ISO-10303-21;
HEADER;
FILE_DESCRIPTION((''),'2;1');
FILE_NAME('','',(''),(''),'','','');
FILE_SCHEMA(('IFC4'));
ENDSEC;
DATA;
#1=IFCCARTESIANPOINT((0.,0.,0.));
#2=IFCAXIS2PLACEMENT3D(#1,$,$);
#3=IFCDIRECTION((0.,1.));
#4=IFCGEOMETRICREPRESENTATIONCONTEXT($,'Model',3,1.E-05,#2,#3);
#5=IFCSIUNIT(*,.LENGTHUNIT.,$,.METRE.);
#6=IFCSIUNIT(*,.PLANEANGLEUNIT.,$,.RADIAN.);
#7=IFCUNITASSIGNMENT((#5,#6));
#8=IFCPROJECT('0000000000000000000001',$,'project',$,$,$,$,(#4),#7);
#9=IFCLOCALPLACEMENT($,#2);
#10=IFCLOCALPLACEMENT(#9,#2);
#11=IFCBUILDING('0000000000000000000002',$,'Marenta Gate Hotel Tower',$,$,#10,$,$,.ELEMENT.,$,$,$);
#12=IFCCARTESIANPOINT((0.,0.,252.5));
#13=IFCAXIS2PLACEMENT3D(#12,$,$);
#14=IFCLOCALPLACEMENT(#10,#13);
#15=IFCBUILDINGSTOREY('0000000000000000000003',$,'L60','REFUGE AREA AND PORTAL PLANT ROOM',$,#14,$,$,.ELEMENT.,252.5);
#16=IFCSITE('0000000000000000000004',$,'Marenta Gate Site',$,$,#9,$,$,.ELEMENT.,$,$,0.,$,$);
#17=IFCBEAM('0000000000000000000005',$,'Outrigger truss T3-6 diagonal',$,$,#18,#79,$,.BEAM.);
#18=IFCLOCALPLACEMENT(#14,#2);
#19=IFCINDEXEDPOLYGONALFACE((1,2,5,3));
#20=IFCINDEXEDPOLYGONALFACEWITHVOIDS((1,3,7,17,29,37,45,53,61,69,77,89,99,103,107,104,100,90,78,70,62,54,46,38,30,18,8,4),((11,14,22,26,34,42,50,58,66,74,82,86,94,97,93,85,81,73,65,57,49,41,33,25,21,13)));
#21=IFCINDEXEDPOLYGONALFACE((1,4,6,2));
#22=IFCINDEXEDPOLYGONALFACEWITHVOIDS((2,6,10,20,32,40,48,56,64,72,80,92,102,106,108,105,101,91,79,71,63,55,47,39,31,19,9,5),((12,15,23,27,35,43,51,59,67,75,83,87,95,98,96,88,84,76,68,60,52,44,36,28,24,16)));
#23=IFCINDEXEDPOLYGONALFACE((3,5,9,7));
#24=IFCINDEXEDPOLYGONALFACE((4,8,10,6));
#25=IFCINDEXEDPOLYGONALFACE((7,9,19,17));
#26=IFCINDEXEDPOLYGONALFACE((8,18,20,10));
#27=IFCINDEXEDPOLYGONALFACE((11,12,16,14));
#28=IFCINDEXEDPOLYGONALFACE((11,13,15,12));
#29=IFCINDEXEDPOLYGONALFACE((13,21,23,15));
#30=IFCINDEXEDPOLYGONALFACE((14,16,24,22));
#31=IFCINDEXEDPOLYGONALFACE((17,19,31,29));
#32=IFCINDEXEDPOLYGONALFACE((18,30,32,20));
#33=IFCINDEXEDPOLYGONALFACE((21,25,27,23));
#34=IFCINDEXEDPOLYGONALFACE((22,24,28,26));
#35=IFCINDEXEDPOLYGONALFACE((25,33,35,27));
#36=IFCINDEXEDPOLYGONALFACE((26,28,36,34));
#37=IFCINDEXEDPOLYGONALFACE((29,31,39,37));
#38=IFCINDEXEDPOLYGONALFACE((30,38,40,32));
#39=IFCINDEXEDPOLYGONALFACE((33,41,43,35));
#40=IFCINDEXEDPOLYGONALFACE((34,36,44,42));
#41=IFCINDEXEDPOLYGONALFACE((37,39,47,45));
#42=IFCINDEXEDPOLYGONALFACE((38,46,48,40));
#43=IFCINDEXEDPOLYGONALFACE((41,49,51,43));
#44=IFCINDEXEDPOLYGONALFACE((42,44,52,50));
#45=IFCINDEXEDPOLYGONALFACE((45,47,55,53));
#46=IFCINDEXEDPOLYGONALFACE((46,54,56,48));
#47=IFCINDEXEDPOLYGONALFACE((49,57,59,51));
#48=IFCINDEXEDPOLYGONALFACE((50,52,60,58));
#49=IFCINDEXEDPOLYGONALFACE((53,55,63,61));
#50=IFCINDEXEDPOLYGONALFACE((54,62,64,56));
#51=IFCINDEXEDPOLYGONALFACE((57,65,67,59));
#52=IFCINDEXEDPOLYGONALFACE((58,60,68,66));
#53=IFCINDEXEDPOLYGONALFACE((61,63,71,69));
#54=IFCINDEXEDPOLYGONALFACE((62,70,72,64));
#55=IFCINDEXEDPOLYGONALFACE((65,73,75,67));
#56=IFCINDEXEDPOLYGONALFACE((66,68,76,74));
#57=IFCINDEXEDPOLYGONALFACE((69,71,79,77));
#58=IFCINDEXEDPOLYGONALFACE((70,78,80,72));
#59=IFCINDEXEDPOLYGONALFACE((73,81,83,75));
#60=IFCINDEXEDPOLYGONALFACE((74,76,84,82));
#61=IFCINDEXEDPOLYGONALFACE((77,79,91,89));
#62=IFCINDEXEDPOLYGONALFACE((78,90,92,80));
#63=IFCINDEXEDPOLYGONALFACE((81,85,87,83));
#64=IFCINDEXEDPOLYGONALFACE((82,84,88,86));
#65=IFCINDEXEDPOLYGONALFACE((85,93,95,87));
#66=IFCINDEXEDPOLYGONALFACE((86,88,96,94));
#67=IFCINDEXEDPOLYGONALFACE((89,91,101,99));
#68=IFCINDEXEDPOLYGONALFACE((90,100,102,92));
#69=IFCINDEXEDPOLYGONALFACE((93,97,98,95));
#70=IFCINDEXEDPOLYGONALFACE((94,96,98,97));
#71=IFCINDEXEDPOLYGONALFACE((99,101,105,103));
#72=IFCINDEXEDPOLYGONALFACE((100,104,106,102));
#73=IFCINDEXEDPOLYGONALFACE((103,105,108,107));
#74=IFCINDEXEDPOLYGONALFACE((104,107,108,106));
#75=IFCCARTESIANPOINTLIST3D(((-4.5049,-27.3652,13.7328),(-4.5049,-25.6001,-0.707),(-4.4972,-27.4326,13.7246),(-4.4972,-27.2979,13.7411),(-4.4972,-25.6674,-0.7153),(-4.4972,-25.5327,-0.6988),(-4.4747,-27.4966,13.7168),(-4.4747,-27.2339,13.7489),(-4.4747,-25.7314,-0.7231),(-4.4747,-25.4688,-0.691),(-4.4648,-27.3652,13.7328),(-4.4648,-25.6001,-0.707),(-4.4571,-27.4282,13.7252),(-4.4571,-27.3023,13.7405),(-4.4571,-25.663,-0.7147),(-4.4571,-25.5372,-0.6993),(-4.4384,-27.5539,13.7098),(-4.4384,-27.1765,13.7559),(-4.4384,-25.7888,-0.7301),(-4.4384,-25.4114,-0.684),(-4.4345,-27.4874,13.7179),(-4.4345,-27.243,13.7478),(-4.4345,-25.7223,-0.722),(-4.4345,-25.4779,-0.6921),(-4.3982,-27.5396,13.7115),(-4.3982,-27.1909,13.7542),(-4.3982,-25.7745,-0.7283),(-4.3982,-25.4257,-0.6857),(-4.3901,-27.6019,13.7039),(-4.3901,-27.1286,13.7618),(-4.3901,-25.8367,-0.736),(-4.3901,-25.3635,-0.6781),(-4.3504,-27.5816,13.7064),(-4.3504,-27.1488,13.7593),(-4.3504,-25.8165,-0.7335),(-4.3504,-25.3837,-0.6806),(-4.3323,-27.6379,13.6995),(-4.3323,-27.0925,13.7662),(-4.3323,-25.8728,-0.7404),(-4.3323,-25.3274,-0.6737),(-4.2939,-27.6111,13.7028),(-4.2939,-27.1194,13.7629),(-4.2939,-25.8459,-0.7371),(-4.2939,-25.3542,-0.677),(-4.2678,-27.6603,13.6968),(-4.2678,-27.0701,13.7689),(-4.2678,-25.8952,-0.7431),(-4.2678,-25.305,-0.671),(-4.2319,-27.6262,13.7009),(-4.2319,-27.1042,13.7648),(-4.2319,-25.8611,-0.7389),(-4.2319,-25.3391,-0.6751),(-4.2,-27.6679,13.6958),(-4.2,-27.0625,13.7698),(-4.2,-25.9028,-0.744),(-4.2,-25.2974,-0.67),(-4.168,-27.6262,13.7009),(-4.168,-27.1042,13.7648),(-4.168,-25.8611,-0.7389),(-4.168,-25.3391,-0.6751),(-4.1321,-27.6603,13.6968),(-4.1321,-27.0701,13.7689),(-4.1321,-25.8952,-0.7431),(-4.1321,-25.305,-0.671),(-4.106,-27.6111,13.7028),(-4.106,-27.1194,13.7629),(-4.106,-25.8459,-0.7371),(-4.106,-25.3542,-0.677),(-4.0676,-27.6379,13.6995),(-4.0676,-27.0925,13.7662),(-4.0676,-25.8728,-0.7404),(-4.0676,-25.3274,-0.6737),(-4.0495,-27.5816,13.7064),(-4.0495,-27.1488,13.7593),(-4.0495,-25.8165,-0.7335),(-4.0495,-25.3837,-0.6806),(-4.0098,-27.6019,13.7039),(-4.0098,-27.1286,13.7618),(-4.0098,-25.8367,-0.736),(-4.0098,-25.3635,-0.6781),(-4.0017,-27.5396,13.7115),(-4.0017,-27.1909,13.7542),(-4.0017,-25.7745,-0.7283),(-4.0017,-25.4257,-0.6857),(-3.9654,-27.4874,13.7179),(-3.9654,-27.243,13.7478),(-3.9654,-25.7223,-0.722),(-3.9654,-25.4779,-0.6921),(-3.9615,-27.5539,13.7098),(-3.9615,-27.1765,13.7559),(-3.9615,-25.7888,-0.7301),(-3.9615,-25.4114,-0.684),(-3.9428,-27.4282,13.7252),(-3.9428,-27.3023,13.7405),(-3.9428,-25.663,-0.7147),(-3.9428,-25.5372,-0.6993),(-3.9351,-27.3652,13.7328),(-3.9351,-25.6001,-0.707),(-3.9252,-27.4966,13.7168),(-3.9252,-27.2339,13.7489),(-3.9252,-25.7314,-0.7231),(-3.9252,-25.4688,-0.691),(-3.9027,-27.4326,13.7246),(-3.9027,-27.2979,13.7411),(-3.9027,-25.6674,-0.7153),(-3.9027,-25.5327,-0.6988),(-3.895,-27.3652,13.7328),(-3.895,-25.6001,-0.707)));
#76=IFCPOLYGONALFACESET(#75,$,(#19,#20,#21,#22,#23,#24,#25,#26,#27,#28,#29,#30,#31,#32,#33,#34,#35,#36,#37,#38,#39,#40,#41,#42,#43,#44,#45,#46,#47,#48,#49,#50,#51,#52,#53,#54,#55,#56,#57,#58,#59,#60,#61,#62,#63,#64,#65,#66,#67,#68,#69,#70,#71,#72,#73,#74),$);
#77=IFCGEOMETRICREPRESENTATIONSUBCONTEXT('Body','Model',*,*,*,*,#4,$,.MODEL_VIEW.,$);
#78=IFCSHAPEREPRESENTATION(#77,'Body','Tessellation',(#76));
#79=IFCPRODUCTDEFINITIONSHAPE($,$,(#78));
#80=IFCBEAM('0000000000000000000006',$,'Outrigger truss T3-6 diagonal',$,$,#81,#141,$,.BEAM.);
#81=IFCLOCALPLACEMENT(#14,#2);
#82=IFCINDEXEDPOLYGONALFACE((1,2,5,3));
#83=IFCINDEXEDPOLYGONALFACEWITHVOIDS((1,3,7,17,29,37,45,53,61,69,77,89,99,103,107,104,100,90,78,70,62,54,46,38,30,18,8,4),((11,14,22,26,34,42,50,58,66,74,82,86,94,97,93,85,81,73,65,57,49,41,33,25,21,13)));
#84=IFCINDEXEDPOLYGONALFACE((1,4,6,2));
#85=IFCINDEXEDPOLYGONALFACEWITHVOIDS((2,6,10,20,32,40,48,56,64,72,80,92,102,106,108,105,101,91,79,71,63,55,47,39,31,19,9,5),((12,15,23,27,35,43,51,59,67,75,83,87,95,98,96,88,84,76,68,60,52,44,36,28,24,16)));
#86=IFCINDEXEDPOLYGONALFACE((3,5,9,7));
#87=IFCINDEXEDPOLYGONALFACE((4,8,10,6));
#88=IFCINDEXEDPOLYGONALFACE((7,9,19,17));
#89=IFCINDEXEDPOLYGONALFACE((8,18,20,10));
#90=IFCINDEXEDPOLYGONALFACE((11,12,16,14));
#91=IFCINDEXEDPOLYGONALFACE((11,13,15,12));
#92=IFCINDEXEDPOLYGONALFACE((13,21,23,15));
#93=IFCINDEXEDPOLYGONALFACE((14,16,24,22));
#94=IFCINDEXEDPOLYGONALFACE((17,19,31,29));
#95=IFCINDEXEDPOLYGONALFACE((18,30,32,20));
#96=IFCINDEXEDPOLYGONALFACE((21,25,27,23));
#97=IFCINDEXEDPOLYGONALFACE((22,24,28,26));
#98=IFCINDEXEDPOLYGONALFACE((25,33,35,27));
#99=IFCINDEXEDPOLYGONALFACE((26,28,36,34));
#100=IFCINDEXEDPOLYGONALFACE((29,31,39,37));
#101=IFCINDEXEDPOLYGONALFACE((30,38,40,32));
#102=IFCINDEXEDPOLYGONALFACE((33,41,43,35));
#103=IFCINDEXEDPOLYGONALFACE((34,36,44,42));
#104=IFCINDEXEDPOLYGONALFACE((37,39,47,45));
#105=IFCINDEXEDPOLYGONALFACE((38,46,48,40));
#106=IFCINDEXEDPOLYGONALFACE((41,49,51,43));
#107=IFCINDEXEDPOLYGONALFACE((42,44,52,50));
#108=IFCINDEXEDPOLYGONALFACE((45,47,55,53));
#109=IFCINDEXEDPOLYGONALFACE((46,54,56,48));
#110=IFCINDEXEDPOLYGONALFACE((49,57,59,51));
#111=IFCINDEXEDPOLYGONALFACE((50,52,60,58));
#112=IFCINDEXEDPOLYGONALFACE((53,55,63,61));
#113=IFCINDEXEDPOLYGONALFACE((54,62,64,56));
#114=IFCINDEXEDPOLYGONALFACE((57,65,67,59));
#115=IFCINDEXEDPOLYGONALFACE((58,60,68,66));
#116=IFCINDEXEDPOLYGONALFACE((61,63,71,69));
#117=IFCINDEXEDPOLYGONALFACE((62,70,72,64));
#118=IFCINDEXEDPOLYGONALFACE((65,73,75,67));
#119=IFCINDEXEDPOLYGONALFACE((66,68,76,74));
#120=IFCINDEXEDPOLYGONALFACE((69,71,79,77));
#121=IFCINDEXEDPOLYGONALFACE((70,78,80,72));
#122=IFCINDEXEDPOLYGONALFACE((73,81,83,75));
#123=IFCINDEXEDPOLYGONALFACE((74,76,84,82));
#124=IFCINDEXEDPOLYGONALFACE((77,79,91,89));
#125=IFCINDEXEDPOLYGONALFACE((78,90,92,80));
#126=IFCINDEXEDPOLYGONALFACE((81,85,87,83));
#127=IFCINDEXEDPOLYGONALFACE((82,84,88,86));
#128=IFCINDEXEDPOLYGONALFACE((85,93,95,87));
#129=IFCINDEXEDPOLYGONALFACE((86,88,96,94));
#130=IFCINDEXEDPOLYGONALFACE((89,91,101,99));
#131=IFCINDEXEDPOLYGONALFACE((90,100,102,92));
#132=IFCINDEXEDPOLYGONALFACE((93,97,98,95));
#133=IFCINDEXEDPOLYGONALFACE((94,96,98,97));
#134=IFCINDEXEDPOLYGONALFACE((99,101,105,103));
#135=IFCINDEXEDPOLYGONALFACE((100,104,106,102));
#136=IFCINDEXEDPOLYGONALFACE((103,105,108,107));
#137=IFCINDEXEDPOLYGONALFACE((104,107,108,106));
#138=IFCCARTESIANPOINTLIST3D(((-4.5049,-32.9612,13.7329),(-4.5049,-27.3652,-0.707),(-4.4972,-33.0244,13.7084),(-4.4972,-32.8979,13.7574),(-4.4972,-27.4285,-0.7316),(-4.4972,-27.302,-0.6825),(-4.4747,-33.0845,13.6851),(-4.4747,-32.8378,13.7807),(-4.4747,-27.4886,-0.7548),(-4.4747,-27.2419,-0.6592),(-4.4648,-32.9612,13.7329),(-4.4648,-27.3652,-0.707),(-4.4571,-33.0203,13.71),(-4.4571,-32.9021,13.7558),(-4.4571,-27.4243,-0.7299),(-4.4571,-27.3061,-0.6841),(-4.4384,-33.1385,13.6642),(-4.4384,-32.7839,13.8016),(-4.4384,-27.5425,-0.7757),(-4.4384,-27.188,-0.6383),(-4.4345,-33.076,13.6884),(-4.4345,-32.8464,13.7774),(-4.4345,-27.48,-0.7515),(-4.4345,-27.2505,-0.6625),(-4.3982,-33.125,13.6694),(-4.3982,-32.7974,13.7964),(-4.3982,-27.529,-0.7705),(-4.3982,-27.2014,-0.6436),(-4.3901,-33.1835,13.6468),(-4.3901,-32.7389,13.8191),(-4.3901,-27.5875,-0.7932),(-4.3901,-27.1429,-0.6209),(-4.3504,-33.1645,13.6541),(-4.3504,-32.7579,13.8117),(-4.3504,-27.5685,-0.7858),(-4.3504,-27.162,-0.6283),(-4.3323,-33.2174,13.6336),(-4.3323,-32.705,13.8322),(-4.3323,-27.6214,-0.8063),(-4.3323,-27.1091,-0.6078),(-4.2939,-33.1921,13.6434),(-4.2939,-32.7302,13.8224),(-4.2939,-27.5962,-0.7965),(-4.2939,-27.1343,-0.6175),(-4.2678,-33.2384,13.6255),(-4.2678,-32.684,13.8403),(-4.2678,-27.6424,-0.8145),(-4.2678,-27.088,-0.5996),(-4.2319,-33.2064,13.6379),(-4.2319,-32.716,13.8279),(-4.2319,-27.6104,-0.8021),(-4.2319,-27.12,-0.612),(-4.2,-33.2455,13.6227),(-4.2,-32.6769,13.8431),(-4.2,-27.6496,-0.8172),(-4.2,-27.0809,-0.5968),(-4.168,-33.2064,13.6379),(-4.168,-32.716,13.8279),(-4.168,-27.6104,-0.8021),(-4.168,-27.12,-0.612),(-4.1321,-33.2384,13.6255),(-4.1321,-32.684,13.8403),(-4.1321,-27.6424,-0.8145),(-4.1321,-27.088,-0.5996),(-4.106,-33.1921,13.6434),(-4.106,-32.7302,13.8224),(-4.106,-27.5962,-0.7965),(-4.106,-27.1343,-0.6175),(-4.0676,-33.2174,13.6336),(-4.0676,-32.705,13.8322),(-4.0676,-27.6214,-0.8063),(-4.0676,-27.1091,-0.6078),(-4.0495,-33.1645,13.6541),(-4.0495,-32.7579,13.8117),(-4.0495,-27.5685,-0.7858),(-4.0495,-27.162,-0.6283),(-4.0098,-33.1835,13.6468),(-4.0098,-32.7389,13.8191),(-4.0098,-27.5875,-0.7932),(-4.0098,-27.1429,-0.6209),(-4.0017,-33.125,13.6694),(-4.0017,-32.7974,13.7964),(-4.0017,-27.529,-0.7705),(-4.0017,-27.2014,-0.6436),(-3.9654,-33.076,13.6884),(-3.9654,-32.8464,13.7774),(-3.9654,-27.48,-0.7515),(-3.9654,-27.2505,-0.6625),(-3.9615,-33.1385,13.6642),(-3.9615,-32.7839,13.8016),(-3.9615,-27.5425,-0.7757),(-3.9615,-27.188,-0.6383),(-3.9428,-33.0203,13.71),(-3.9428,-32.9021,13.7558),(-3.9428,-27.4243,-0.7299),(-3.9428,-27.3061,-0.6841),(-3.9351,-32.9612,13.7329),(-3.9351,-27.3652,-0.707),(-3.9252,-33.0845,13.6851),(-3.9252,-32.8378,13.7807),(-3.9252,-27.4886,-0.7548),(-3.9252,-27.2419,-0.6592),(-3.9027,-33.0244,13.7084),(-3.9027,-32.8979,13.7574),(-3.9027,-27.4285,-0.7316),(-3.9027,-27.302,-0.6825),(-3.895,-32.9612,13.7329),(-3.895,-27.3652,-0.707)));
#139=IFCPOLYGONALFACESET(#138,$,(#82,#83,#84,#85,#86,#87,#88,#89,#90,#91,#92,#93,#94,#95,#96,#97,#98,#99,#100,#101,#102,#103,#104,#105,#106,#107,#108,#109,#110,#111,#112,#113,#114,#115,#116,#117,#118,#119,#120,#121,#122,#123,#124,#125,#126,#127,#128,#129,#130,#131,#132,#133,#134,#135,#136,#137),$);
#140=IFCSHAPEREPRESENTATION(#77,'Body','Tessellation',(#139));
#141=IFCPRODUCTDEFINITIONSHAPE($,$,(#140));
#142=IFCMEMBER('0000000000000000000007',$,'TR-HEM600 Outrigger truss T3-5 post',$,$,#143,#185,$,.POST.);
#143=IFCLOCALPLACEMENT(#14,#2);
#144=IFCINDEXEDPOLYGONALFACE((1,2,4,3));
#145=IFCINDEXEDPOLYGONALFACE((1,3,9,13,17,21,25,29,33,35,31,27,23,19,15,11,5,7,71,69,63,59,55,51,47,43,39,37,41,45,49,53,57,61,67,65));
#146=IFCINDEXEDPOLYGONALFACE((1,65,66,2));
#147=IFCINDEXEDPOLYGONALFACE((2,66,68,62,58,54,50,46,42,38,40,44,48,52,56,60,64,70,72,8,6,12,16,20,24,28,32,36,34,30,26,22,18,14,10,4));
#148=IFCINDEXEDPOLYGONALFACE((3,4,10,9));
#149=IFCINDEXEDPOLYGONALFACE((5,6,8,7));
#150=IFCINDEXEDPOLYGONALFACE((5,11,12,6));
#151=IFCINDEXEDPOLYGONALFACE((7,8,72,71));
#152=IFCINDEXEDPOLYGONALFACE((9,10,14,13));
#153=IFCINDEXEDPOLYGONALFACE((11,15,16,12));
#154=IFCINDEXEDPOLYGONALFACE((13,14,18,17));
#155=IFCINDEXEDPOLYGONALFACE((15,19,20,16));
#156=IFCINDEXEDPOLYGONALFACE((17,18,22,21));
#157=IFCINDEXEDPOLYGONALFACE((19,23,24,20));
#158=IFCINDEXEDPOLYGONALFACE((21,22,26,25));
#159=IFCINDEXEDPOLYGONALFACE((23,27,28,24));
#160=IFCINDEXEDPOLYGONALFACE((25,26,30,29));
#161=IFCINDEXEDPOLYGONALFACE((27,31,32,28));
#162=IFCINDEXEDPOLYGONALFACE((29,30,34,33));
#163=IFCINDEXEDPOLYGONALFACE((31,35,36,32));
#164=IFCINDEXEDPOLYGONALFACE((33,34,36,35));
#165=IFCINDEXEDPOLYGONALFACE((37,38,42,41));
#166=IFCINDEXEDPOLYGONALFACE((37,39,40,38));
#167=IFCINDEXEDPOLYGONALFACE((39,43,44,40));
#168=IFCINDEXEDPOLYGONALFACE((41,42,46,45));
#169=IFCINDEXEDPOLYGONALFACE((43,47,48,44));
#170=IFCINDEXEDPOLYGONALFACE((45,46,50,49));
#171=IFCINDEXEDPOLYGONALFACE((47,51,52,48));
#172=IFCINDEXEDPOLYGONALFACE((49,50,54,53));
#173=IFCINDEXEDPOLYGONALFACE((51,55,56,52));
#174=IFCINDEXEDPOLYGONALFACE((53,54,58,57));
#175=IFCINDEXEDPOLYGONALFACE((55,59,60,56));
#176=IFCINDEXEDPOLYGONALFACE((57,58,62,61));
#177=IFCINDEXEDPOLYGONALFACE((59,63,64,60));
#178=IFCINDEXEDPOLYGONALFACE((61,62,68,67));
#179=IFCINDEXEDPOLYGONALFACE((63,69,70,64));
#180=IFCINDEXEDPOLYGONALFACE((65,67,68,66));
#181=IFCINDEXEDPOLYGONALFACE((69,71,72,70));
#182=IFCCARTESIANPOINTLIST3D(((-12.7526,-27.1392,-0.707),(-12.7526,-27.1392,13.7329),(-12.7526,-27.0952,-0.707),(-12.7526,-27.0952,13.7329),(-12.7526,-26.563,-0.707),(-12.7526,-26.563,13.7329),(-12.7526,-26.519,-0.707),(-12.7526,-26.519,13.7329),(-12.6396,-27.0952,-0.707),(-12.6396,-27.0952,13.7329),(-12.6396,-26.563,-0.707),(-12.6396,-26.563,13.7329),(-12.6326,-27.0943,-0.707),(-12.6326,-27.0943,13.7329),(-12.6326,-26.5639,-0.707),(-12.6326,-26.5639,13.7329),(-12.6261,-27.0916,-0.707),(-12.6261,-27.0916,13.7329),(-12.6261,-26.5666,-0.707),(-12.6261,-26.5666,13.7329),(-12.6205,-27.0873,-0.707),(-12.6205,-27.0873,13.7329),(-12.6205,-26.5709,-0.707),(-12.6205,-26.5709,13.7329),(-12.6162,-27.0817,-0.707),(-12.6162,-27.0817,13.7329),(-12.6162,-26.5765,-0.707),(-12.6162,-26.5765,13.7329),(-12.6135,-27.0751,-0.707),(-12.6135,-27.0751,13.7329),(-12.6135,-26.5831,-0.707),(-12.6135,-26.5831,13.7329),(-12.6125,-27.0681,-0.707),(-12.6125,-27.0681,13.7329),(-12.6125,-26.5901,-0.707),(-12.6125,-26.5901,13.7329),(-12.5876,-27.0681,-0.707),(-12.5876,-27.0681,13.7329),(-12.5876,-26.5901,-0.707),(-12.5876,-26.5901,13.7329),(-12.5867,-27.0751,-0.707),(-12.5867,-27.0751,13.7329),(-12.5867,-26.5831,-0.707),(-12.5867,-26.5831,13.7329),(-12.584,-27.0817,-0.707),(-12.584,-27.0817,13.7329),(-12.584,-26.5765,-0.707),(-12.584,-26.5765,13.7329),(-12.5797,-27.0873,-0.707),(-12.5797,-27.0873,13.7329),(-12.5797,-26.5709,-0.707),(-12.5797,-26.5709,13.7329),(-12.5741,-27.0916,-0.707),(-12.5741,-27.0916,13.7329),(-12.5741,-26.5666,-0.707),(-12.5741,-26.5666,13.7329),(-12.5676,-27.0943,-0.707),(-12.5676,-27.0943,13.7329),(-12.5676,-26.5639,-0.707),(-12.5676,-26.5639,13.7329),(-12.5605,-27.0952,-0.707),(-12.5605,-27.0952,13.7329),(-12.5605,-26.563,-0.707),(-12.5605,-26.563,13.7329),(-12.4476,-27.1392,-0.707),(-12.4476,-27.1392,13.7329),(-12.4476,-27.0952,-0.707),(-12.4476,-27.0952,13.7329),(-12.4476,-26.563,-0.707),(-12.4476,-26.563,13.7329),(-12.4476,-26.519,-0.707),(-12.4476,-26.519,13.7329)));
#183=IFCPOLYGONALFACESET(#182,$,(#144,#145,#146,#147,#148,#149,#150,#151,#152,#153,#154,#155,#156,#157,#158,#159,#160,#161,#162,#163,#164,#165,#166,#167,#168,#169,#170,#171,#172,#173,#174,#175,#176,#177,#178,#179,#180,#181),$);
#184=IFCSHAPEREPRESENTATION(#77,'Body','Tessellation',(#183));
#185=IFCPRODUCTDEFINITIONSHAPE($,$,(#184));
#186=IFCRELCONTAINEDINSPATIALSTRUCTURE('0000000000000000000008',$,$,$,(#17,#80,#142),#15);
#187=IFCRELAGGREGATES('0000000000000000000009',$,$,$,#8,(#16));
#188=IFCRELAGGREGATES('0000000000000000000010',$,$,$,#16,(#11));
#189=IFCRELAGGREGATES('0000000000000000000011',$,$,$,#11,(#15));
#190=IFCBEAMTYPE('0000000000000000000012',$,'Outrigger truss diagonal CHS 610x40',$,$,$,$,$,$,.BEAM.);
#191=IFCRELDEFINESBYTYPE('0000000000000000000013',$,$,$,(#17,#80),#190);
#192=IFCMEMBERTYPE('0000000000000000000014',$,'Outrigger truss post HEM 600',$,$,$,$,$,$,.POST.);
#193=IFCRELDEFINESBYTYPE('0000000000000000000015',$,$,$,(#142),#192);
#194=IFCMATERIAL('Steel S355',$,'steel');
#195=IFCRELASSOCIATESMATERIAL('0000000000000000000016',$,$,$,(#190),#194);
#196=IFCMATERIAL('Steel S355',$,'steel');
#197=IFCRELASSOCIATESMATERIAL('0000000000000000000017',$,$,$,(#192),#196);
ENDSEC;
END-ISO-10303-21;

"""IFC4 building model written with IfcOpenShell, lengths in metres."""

from ifc_helpers import new_model, si_unit, direction, frame, origin, origin_2d, place, context, subcontext, project, spatial, hollow_circle, i_section, extrude, material, material_profile, profile_set, type_object, element, save


model = new_model("IFC4")

# Units and contexts
model_context = context("Model", 3, precision=1e-05, world=origin(), true_north=direction((0.0, 1.0)))
body_context = subcontext(model_context, "Body", "Model", "MODEL_VIEW")
ifc_project = project(units=[si_unit("LENGTHUNIT", "METRE"), si_unit("PLANEANGLEUNIT", "RADIAN")], contexts=[model_context])

# Site, building, storey
site_placement = place(None, origin())
site = spatial("IfcSite", under=ifc_project, at=site_placement, Name="Marenta Gate Site", CompositionType="ELEMENT", RefElevation=0.0)
building_placement = place(site_placement, origin())
building = spatial("IfcBuilding", under=site, at=building_placement, Name="Marenta Gate Hotel Tower", CompositionType="ELEMENT")
storey_placement = place(building_placement, frame((0.0, 0.0, 252.5)))
storey = spatial("IfcBuildingStorey", under=building, at=storey_placement, Name="L60", Description="REFUGE AREA AND PORTAL PLANT ROOM", CompositionType="ELEMENT", Elevation=252.5)

# Beams
ifc_material_1 = material(Name="Steel S355", Category="steel")
ifc_material_profile_1 = material_profile(ifc_material_1, hollow_circle(Radius=0.3049, WallThickness=0.04, at=origin_2d()), Name="CHS 610x40")
ifc_profile_set_1 = profile_set([ifc_material_profile_1], Name="Steel S355")
beam_type_1 = type_object("IfcBeamType", Name="Outrigger truss diagonal CHS 610x40", PredefinedType="BEAM", material=ifc_profile_set_1)
beam_1_placement = place(storey_placement, frame((-4.2, -25.6001, -0.707), z_axis=(0.0, -0.121337, 0.992611), x_axis=(1.0, 0.0, 0.0)))
element("IfcBeam", 1, at=beam_1_placement, inside=storey, type_object=beam_type_1, Name="Outrigger truss T3-6 diagonal", PredefinedType="BEAM", context=body_context, shape_type="SweptSolid", body=[
    extrude(hollow_circle(Radius=0.3049, WallThickness=0.04, at=origin_2d()), origin(), (0.0, 0.0, 1.0), 14.5474),
])
beam_2_placement = place(storey_placement, frame((-4.2, -27.3652, -0.707), z_axis=(0.0, -0.361347, 0.932431), x_axis=(1.0, 0.0, 0.0)))
element("IfcBeam", 2, at=beam_2_placement, inside=storey, type_object=beam_type_1, Name="Outrigger truss T3-6 diagonal", PredefinedType="BEAM", context=body_context, shape_type="SweptSolid", body=[
    extrude(hollow_circle(Radius=0.3049, WallThickness=0.04, at=origin_2d()), origin(), (0.0, 0.0, 1.0), 15.4863),
])

# Member
ifc_material_2 = material(Name="Steel S355", Category="steel")
ifc_material_profile_2 = material_profile(ifc_material_2, i_section(OverallWidth=0.3049, OverallDepth=0.6201, WebThickness=0.0249, FlangeThickness=0.0439, FilletRadius=0.0271, at=origin_2d()), Name="HEM 600")
ifc_profile_set_2 = profile_set([ifc_material_profile_2], Name="Steel S355")
member_type_1 = type_object("IfcMemberType", Name="Outrigger truss post HEM 600", PredefinedType="POST", material=ifc_profile_set_2)
for number, where, z_axis, x_axis, name in (
    (3, (-12.6001, -26.8291, -0.707), (0.0, 0.0, 1.0), (1.0, 0.0, 0.0), "TR-HEM600 Outrigger truss T3-5 post"),
):
    element("IfcMember", number, at=place(storey_placement, frame(where, z_axis=z_axis, x_axis=x_axis)), inside=storey, type_object=member_type_1, Name=name, PredefinedType="POST", context=body_context, shape_type="SweptSolid", body=[
        extrude(i_section(OverallWidth=0.3049, OverallDepth=0.6201, WebThickness=0.0249, FlangeThickness=0.0439, FilletRadius=0.0271, at=origin_2d()), origin(), (0.0, 0.0, 1.0), 14.4399),
    ])

save(model, "model.ifc")
